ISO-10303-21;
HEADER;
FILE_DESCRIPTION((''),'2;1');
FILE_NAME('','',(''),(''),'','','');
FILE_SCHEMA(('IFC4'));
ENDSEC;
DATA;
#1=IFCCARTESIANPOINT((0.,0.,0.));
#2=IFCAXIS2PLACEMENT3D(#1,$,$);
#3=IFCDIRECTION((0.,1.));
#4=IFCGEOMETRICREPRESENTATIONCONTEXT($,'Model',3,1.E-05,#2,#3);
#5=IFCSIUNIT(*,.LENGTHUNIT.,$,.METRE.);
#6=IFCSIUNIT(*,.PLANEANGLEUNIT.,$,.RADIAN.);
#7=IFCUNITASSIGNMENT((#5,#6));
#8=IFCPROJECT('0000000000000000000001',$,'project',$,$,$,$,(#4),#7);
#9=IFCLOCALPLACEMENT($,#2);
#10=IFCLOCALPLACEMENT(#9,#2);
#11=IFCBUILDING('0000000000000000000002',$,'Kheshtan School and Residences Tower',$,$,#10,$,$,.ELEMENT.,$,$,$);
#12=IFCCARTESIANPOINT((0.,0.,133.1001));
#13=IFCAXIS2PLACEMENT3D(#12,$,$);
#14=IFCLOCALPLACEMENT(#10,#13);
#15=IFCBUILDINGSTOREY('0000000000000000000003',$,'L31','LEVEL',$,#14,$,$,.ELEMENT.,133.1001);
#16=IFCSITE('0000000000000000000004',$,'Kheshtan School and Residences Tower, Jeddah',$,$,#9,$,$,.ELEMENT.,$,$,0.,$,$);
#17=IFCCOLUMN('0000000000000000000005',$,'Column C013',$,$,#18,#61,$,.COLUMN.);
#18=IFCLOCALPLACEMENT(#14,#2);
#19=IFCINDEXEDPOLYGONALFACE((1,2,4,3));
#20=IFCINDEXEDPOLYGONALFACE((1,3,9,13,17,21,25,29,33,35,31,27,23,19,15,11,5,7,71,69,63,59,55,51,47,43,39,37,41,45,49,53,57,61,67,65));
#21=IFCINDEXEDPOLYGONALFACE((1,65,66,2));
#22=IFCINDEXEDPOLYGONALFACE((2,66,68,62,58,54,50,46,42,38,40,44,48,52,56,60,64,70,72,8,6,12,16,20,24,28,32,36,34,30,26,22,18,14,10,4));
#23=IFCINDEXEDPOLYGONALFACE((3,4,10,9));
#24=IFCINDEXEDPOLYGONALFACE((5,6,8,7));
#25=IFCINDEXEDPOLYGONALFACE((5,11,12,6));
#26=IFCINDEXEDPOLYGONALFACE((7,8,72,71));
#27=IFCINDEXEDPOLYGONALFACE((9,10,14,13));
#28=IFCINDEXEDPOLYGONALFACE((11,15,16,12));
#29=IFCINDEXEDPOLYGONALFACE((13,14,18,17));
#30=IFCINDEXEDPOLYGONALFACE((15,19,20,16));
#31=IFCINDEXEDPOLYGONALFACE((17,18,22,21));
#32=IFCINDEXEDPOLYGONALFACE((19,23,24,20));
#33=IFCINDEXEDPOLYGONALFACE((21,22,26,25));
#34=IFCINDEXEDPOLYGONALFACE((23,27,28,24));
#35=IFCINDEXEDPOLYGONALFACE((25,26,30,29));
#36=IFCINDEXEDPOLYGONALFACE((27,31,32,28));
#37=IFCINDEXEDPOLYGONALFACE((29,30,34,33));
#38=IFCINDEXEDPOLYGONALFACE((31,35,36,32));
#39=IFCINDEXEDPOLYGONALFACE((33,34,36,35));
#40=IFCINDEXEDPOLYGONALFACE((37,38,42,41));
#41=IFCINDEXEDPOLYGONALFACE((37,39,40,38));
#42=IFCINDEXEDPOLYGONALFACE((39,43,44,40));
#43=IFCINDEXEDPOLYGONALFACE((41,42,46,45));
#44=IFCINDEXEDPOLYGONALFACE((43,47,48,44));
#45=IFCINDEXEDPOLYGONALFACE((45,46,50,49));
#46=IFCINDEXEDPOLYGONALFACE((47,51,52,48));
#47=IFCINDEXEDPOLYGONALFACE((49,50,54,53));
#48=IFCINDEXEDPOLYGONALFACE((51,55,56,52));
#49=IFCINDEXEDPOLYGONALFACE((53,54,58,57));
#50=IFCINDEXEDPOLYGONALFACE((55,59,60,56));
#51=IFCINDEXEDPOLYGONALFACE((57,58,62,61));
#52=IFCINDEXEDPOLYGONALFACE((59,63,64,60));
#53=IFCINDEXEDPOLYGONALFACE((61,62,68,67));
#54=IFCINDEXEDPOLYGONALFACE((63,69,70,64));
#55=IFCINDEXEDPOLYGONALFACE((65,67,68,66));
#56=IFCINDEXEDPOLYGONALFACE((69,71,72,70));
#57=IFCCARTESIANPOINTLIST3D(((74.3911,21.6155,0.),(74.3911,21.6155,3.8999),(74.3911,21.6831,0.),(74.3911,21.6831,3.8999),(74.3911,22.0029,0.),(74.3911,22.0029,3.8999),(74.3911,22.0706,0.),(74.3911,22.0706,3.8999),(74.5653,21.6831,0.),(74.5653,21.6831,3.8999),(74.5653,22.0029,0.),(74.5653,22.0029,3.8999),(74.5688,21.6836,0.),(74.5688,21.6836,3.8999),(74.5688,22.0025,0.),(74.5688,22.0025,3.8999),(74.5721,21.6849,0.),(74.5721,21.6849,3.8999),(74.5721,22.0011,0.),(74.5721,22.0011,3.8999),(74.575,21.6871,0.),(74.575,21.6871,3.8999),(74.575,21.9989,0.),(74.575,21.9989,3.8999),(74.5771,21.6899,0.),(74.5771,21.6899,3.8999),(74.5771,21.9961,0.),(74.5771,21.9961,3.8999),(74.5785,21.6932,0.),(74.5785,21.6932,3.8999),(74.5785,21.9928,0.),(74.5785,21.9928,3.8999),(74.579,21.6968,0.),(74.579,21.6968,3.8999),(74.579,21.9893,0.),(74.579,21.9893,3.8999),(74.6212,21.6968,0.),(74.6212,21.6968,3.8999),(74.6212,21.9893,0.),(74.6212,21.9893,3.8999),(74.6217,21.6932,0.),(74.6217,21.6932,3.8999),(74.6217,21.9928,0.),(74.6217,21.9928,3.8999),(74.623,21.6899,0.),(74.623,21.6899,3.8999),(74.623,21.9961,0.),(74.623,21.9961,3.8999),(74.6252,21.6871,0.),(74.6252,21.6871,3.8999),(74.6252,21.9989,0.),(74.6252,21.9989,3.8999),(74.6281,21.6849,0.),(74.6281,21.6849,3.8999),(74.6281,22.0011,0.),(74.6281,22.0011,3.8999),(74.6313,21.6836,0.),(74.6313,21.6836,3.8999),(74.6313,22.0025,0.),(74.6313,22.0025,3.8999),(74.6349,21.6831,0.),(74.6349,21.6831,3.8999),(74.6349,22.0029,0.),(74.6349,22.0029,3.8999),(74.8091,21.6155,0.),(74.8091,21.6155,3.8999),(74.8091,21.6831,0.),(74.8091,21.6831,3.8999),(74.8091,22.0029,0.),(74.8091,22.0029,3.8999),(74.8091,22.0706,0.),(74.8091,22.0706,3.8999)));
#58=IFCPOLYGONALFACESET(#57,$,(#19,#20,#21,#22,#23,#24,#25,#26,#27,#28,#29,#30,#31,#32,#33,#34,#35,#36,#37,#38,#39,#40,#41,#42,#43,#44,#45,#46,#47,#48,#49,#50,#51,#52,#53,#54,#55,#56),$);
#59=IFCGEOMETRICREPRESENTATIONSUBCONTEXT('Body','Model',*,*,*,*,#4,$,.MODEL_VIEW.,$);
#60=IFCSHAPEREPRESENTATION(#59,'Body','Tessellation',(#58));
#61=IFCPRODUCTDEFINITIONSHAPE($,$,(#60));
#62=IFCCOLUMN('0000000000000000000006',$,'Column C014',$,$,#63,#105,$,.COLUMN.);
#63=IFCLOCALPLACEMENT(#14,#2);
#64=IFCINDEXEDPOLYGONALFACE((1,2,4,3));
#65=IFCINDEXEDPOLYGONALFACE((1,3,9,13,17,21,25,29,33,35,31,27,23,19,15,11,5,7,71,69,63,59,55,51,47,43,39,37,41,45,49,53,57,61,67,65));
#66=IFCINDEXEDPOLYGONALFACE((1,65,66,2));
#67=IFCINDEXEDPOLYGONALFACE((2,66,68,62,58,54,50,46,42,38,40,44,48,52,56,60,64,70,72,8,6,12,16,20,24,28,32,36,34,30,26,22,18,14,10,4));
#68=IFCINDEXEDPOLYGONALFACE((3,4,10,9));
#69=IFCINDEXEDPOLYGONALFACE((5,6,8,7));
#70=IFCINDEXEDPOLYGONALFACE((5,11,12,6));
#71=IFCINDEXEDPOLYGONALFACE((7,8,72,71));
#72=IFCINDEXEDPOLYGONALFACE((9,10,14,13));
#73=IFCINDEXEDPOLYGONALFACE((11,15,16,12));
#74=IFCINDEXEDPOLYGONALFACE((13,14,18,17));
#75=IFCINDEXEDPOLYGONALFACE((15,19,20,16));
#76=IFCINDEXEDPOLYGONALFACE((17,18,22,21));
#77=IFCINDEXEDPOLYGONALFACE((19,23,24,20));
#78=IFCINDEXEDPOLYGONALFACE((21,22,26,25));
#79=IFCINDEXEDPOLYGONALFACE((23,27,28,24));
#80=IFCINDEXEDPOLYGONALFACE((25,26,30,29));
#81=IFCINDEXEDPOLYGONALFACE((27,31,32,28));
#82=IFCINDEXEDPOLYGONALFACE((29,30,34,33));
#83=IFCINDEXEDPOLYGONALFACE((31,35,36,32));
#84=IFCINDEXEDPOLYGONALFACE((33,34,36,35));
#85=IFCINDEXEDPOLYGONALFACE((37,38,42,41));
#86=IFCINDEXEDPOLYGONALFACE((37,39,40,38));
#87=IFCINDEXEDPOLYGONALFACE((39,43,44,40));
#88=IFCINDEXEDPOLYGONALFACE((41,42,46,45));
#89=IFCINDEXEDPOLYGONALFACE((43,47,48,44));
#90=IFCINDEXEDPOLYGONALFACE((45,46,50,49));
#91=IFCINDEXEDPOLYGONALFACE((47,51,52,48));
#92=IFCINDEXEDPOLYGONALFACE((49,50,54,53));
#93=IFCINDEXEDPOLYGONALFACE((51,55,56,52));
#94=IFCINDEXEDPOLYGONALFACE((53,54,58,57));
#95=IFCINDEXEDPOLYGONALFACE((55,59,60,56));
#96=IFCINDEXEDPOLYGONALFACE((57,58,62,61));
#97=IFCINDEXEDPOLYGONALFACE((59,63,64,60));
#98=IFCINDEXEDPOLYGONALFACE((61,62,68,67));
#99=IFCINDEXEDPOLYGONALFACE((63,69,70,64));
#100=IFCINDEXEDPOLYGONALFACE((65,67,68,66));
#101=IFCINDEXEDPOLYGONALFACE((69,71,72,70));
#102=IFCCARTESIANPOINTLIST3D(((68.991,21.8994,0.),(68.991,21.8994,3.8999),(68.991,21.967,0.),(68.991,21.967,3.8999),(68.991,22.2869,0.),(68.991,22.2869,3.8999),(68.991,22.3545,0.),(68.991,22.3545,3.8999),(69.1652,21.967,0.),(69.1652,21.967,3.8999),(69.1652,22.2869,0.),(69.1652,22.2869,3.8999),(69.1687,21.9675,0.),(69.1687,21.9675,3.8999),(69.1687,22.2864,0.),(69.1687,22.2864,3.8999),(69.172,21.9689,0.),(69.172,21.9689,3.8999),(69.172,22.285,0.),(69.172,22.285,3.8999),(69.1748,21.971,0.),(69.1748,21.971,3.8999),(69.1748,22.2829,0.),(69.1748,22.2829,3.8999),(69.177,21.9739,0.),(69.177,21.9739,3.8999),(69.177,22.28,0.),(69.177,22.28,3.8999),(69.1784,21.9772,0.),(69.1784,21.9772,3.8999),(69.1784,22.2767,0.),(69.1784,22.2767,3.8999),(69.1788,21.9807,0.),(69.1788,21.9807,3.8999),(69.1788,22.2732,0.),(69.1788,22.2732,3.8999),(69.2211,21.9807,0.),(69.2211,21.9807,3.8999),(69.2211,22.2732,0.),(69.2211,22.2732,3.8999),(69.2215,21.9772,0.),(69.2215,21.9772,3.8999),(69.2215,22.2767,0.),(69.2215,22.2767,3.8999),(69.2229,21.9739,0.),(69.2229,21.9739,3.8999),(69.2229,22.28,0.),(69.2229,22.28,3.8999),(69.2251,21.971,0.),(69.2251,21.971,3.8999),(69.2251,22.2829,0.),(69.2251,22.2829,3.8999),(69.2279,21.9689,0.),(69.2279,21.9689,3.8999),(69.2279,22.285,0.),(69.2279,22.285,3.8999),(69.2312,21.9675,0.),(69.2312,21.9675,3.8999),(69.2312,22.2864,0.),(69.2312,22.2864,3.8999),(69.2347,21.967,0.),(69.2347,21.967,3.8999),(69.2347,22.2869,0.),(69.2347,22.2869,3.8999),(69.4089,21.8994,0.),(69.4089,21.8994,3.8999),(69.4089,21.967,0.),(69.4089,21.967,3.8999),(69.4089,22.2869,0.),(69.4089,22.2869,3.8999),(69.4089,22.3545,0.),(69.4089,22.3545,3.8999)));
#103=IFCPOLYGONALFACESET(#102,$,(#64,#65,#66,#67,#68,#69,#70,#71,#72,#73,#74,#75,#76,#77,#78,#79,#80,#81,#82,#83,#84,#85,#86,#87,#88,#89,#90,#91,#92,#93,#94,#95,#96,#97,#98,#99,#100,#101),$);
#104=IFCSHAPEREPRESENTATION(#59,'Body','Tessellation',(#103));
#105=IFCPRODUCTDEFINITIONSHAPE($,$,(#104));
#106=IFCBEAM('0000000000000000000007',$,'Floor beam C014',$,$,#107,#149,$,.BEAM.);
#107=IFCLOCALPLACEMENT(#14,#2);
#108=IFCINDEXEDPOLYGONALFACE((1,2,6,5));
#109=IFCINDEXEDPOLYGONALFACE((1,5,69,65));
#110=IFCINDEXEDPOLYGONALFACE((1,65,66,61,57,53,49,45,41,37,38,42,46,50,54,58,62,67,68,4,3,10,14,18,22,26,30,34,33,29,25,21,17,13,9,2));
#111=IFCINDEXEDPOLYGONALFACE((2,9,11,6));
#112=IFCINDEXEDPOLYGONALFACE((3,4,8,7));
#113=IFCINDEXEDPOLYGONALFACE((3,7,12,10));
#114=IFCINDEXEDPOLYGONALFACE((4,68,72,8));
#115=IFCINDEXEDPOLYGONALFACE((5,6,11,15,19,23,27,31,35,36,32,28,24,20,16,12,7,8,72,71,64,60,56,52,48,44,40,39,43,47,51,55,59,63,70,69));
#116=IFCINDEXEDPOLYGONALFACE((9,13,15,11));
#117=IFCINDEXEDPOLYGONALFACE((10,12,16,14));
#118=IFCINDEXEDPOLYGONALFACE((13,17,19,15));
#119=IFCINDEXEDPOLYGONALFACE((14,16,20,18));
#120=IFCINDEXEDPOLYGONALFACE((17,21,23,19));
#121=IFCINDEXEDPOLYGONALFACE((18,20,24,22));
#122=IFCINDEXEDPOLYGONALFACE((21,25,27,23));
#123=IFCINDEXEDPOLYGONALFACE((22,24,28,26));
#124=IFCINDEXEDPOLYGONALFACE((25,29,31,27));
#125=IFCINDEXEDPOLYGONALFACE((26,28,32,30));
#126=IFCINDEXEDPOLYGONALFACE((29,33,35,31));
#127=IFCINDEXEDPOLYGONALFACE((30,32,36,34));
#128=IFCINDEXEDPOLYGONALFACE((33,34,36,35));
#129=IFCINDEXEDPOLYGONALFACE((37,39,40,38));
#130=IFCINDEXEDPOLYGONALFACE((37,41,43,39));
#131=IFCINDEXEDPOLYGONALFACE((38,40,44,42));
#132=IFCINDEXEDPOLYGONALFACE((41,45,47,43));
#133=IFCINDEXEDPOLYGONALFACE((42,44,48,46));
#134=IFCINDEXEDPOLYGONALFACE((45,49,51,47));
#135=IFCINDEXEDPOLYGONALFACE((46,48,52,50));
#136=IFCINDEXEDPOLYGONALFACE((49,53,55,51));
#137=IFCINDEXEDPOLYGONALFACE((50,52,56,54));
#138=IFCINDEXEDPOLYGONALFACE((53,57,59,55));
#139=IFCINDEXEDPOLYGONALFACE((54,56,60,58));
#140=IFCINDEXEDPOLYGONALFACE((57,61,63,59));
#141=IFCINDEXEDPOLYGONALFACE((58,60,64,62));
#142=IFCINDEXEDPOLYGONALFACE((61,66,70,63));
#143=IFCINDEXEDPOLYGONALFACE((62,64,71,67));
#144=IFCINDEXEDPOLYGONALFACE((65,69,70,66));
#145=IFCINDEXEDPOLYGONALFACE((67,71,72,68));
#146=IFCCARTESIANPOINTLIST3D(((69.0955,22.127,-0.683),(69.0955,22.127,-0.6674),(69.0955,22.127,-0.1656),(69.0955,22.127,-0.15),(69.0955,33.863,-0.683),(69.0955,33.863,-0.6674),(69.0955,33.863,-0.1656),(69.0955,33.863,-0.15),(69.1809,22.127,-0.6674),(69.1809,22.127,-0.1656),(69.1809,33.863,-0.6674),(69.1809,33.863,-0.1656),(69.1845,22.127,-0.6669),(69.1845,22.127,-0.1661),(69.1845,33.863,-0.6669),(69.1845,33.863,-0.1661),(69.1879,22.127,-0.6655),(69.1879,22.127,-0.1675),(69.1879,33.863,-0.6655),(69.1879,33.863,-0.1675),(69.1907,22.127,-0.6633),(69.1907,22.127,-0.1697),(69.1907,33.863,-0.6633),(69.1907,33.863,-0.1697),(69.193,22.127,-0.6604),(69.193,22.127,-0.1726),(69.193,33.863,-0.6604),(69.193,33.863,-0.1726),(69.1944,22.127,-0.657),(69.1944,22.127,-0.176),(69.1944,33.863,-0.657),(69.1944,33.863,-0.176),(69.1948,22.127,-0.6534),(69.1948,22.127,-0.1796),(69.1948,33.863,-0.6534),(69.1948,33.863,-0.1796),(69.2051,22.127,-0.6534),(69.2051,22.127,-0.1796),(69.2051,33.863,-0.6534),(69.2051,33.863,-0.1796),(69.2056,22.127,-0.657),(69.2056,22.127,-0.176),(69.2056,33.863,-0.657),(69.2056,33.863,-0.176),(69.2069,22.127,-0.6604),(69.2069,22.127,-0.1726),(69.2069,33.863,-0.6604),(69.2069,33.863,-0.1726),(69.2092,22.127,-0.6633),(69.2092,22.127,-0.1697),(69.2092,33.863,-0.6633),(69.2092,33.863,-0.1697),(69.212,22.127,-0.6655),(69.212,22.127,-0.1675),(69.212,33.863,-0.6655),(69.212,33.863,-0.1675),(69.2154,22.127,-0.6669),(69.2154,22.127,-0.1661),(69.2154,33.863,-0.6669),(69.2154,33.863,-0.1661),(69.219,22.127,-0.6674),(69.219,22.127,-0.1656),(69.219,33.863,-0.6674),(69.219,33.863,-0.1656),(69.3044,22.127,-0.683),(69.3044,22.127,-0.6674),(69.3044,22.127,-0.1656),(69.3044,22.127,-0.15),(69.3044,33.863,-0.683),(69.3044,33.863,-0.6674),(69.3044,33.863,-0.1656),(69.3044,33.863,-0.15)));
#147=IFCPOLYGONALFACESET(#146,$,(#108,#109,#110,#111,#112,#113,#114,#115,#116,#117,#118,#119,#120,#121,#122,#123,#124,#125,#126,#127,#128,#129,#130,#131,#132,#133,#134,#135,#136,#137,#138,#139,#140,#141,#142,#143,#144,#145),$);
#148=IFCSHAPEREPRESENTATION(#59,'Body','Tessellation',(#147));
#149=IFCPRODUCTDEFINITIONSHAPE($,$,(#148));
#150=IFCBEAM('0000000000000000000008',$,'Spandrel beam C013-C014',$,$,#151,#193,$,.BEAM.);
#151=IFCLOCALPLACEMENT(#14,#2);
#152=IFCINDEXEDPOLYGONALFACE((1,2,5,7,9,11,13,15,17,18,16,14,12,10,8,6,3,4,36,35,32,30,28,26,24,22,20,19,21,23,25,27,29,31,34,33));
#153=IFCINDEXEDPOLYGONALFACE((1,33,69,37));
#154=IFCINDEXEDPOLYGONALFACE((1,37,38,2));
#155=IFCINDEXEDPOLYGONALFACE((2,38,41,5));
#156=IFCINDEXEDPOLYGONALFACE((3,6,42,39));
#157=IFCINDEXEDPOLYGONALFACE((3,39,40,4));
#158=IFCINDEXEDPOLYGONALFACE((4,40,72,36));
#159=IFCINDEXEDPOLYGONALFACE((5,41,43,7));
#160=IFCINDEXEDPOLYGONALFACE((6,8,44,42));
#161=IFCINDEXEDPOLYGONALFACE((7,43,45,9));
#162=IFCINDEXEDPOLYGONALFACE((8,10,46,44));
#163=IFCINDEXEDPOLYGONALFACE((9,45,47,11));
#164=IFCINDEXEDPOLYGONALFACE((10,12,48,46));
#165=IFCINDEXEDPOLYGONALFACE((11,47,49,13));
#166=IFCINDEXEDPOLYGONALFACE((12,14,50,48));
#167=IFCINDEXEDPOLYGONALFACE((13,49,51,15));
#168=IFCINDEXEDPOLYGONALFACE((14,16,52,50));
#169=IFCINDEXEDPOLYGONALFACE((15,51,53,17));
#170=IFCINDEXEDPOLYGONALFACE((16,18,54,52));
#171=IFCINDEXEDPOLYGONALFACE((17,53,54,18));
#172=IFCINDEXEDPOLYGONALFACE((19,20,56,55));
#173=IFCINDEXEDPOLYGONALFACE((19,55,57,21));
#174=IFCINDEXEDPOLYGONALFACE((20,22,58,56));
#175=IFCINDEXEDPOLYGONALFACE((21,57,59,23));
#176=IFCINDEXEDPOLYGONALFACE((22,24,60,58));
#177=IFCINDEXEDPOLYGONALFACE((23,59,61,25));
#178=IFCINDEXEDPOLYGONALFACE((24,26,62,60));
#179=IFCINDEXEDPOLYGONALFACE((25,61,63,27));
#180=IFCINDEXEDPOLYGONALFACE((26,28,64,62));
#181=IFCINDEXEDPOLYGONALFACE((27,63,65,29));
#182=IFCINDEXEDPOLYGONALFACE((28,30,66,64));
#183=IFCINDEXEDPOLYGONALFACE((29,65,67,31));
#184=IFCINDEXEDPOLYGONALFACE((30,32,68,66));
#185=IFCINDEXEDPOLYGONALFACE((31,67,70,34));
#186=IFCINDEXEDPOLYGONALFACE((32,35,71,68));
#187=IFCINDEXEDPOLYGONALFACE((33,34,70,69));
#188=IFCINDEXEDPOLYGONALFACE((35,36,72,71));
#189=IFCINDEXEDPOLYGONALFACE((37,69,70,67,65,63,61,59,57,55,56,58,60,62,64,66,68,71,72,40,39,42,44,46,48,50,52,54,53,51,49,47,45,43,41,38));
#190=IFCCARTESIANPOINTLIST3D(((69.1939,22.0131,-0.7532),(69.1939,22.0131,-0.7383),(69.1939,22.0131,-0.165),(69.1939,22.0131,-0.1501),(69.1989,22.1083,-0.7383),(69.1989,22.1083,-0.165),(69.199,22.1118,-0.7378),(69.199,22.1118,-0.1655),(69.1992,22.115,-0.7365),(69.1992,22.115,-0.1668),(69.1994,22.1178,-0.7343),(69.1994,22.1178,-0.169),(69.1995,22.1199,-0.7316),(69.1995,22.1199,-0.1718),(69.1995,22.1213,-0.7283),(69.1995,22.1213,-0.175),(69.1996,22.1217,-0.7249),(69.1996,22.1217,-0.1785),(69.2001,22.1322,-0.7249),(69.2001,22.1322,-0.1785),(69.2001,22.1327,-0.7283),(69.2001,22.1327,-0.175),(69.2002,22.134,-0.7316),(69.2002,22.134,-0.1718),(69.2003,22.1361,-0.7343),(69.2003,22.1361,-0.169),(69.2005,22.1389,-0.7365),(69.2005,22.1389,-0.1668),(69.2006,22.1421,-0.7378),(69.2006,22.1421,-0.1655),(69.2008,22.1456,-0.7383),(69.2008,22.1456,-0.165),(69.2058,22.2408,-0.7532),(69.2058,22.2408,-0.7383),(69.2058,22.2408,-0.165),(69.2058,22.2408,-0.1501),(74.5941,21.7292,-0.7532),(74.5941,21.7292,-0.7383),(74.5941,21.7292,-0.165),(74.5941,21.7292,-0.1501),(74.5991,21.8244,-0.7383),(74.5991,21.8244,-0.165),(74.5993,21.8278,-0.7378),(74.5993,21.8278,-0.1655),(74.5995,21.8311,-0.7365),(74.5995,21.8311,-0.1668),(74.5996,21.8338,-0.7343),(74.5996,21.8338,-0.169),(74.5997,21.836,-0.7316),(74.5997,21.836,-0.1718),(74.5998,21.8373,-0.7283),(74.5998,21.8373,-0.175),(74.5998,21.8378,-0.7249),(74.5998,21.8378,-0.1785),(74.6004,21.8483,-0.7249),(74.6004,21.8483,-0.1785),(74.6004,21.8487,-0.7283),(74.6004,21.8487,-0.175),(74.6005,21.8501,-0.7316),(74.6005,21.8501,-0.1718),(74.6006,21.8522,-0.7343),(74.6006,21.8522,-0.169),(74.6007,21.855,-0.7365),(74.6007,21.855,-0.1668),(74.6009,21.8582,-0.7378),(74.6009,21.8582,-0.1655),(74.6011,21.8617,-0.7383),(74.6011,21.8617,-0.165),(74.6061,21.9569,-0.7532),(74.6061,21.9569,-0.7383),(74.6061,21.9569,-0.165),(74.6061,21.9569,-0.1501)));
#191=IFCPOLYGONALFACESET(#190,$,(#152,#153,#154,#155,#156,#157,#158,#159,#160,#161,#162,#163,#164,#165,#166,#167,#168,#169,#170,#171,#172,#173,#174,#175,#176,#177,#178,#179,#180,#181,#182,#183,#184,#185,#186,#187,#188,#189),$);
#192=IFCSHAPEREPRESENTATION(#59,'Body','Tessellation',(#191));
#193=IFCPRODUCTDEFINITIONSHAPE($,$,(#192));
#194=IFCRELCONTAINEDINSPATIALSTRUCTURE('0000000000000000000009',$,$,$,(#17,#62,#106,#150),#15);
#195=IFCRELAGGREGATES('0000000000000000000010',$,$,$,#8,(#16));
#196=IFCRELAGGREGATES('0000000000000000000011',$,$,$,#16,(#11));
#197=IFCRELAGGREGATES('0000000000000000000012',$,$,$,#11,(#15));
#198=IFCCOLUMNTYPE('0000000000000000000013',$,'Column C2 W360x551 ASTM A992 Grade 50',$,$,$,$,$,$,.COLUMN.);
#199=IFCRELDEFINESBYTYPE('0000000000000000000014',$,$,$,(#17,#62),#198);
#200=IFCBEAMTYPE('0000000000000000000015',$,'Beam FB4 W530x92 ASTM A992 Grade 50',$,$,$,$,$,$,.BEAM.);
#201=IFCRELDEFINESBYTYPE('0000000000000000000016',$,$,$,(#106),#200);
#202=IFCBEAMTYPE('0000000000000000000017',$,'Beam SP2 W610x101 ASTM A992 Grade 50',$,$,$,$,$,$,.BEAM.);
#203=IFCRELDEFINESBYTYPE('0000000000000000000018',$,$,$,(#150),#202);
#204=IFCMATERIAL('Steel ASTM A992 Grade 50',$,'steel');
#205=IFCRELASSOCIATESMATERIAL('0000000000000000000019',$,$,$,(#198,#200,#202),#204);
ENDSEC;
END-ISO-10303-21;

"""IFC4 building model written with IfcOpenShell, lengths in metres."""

from ifc_helpers import new_model, si_unit, direction, frame, origin, origin_2d, place, context, subcontext, project, spatial, i_section, extrude, material, material_profile, profile_set, type_object, element, save


model = new_model("IFC4")

# Units and contexts
model_context = context("Model", 3, precision=1e-05, world=origin(), true_north=direction((0.0, 1.0)))
body_context = subcontext(model_context, "Body", "Model", "MODEL_VIEW")
ifc_project = project(units=[si_unit("LENGTHUNIT", "METRE"), si_unit("PLANEANGLEUNIT", "RADIAN")], contexts=[model_context])

# Site, building, storey
site_placement = place(None, origin())
site = spatial("IfcSite", under=ifc_project, at=site_placement, Name="Kheshtan School and Residences Tower, Jeddah", CompositionType="ELEMENT", RefElevation=0.0)
building_placement = place(site_placement, origin())
building = spatial("IfcBuilding", under=site, at=building_placement, Name="Kheshtan School and Residences Tower", CompositionType="ELEMENT")
storey_placement = place(building_placement, frame((0.0, 0.0, 133.1001)))
storey = spatial("IfcBuildingStorey", under=building, at=storey_placement, Name="L31", Description="LEVEL", CompositionType="ELEMENT", Elevation=133.1001)

# Columns
ifc_material_1 = material(Name="Steel ASTM A992 Grade 50", Category="steel")
ifc_material_profile_1 = material_profile(ifc_material_1, i_section(OverallWidth=0.418, OverallDepth=0.4551, WebThickness=0.0422, FlangeThickness=0.0676, FilletRadius=0.0137, at=origin_2d()), Name="W360x551")
ifc_profile_set_1 = profile_set([ifc_material_profile_1], Name="Steel ASTM A992 Grade 50")
column_type = type_object("IfcColumnType", Name="Column C2 W360x551 ASTM A992 Grade 50", PredefinedType="COLUMN", material=ifc_profile_set_1)
for number, where, z_axis, x_axis, name in (
    (1, (74.6001, 21.843, 0.0), (0.0, 0.0, 1.0), (1.0, 0.0, 0.0), "Column C013"),
    (2, (69.2, 22.127, 0.0), (0.0, 0.0, 1.0), (1.0, 0.0, 0.0), "Column C014"),
):
    element("IfcColumn", number, at=place(storey_placement, frame(where, z_axis=z_axis, x_axis=x_axis)), inside=storey, type_object=column_type, Name=name, PredefinedType="COLUMN", context=body_context, shape_type="SweptSolid", body=[
        extrude(i_section(OverallWidth=0.418, OverallDepth=0.4551, WebThickness=0.0422, FlangeThickness=0.0676, FilletRadius=0.0137, at=origin_2d()), origin(), (0.0, 0.0, 1.0), 3.8999),
    ])

# Beams
ifc_material_profile_2 = material_profile(ifc_material_1, i_section(OverallWidth=0.209, OverallDepth=0.533, WebThickness=0.0103, FlangeThickness=0.0156, FilletRadius=0.0139, at=origin_2d()), Name="W530x92")
ifc_profile_set_2 = profile_set([ifc_material_profile_2], Name="Steel ASTM A992 Grade 50")
beam_type_1 = type_object("IfcBeamType", Name="Beam FB4 W530x92 ASTM A992 Grade 50", PredefinedType="BEAM", material=ifc_profile_set_2)
beam_1_placement = place(storey_placement, frame((69.2, 22.127, -0.4165), z_axis=(0.0, 1.0, 0.0), x_axis=(-1.0, 0.0, 0.0)))
element("IfcBeam", 3, at=beam_1_placement, inside=storey, type_object=beam_type_1, Name="Floor beam C014", PredefinedType="BEAM", context=body_context, shape_type="SweptSolid", body=[
    extrude(i_section(OverallWidth=0.209, OverallDepth=0.533, WebThickness=0.0103, FlangeThickness=0.0156, FilletRadius=0.0139, at=origin_2d()), origin(), (0.0, 0.0, 1.0), 11.7361),
])
ifc_material_profile_3 = material_profile(ifc_material_1, i_section(OverallWidth=0.228, OverallDepth=0.603, WebThickness=0.0105, FlangeThickness=0.0149, FilletRadius=0.0134, at=origin_2d()), Name="W610x101")
ifc_profile_set_3 = profile_set([ifc_material_profile_3], Name="Steel ASTM A992 Grade 50")
beam_type_2 = type_object("IfcBeamType", Name="Beam SP2 W610x101 ASTM A992 Grade 50", PredefinedType="BEAM", material=ifc_profile_set_3)
beam_2_placement = place(storey_placement, frame((74.6001, 21.843, -0.4517), z_axis=(-0.998621, 0.052507, 0.0), x_axis=(-0.052507, -0.998621, 0.0)))
element("IfcBeam", 4, at=beam_2_placement, inside=storey, type_object=beam_type_2, Name="Spandrel beam C013-C014", PredefinedType="BEAM", context=body_context, shape_type="SweptSolid", body=[
    extrude(i_section(OverallWidth=0.228, OverallDepth=0.603, WebThickness=0.0105, FlangeThickness=0.0149, FilletRadius=0.0134, at=origin_2d()), origin(), (0.0, 0.0, 1.0), 5.4077),
])

save(model, "model.ifc")
